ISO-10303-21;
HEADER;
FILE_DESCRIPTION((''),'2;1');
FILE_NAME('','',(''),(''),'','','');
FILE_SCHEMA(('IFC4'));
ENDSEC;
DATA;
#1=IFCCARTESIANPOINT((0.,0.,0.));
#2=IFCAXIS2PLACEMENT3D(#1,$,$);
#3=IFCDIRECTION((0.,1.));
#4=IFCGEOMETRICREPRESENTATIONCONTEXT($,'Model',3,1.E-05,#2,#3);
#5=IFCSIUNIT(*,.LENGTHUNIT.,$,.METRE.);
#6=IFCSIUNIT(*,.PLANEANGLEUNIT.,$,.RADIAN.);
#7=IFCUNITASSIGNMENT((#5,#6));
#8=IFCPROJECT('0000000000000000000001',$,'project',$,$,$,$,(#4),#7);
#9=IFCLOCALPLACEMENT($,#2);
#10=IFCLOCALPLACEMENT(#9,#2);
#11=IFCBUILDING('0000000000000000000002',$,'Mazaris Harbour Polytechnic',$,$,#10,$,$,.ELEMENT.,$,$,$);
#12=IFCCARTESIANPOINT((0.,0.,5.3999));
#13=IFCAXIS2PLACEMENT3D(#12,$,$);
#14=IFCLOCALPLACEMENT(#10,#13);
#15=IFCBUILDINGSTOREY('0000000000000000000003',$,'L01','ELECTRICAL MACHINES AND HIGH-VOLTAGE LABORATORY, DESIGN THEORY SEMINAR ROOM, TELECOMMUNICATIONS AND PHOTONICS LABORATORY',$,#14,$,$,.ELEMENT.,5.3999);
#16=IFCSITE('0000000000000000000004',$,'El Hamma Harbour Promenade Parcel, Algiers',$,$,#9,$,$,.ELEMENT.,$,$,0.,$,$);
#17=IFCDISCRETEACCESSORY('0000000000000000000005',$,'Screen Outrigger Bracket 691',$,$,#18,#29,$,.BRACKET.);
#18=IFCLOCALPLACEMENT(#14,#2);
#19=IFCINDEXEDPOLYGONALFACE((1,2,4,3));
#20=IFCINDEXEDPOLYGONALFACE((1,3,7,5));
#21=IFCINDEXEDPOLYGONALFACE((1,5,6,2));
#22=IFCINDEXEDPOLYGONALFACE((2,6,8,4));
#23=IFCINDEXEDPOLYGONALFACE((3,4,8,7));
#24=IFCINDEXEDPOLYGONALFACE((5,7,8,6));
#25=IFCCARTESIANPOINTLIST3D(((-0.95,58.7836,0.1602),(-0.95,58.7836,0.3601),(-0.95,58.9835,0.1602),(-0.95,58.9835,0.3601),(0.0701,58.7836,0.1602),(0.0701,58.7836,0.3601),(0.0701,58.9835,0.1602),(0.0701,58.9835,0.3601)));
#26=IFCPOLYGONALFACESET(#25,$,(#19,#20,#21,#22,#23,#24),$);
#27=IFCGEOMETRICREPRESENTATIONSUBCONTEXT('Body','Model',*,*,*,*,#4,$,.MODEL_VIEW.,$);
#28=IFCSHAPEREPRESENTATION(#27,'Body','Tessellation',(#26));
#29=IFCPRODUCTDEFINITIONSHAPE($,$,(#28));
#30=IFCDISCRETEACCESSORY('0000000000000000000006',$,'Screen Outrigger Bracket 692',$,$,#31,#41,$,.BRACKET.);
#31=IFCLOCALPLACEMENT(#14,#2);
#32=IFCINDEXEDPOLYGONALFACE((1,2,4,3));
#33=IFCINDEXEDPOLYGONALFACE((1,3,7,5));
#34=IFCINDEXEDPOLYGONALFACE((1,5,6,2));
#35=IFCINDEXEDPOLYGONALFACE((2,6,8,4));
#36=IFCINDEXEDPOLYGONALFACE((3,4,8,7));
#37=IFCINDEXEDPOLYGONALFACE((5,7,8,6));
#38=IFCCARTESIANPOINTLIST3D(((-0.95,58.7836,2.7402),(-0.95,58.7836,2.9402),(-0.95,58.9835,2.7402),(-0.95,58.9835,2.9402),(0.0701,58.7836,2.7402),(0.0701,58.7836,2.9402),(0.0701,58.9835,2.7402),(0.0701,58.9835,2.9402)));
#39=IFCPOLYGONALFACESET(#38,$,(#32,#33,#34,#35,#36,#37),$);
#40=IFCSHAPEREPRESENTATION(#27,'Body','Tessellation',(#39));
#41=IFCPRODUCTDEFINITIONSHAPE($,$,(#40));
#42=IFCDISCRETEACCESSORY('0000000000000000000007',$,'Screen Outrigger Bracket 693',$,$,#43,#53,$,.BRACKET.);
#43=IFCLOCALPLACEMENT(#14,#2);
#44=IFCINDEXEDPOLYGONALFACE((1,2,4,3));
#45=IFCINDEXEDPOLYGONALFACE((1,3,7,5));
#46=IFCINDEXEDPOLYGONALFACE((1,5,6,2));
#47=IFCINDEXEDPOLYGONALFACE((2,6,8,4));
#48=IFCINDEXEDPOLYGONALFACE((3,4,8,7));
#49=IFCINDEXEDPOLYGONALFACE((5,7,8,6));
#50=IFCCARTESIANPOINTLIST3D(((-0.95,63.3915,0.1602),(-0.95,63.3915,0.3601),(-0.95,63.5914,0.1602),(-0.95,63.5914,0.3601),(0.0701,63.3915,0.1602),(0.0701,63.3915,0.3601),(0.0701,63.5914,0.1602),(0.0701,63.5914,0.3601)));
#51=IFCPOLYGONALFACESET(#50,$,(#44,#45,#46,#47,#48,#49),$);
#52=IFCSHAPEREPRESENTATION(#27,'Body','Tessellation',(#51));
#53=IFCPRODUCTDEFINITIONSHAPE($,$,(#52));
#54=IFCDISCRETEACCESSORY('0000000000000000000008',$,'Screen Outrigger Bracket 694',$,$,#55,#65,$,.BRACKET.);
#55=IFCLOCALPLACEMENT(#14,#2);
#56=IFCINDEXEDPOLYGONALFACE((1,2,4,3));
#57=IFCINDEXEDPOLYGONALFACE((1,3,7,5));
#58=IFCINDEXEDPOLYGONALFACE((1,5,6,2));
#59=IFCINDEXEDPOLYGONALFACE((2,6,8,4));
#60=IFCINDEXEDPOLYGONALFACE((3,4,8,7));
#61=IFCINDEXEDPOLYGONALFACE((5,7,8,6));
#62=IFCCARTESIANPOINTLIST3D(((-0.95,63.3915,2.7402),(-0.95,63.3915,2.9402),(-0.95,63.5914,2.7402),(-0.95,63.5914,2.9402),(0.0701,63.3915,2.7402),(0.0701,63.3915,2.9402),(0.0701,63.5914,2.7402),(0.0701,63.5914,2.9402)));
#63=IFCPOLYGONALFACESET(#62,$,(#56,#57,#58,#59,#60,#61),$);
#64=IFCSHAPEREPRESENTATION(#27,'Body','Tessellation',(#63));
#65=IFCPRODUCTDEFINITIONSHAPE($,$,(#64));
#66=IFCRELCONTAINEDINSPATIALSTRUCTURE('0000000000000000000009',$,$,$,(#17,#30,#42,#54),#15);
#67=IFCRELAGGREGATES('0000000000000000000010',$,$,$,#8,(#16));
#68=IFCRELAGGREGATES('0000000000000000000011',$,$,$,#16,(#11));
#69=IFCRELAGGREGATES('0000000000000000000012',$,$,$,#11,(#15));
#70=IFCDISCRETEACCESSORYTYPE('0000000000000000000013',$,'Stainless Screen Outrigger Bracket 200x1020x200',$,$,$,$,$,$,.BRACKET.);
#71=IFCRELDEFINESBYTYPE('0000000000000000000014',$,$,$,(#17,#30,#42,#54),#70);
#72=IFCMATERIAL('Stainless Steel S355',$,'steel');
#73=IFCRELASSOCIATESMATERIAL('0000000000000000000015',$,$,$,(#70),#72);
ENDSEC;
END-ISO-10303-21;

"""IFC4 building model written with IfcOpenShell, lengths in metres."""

from ifc_helpers import new_model, si_unit, direction, frame, origin, origin_2d, place, context, subcontext, project, spatial, rectangle, extrude, material, type_object, element, save


model = new_model("IFC4")

# Units and contexts
model_context = context("Model", 3, precision=1e-05, world=origin(), true_north=direction((0.0, 1.0)))
body_context = subcontext(model_context, "Body", "Model", "MODEL_VIEW")
ifc_project = project(units=[si_unit("LENGTHUNIT", "METRE"), si_unit("PLANEANGLEUNIT", "RADIAN")], contexts=[model_context])

# Site, building, storey
site_placement = place(None, origin())
site = spatial("IfcSite", under=ifc_project, at=site_placement, Name="El Hamma Harbour Promenade Parcel, Algiers", CompositionType="ELEMENT", RefElevation=0.0)
building_placement = place(site_placement, origin())
building = spatial("IfcBuilding", under=site, at=building_placement, Name="Mazaris Harbour Polytechnic", CompositionType="ELEMENT")
storey_placement = place(building_placement, frame((0.0, 0.0, 5.3999)))
storey = spatial("IfcBuildingStorey", under=building, at=storey_placement, Name="L01", Description="ELECTRICAL MACHINES AND HIGH-VOLTAGE LABORATORY, DESIGN THEORY SEMINAR ROOM, TELECOMMUNICATIONS AND PHOTONICS LABORATORY", CompositionType="ELEMENT", Elevation=5.3999)

# Discrete accessories
ifc_material_1 = material(Name="Stainless Steel S355", Category="steel")
discrete_accessory_type = type_object("IfcDiscreteAccessoryType", Name="Stainless Screen Outrigger Bracket 200x1020x200", PredefinedType="BRACKET", material=ifc_material_1)
for number, where, z_axis, x_axis, name in (
    (1, (-0.4399, 58.8835, 0.1602), (0.0, 0.0, 1.0), (0.0, 1.0, 0.0), "Screen Outrigger Bracket 691"),
    (2, (-0.4399, 58.8835, 2.7402), (0.0, 0.0, 1.0), (0.0, 1.0, 0.0), "Screen Outrigger Bracket 692"),
    (3, (-0.4399, 63.4915, 0.1602), (0.0, 0.0, 1.0), (0.0, 1.0, 0.0), "Screen Outrigger Bracket 693"),
    (4, (-0.4399, 63.4915, 2.7402), (0.0, 0.0, 1.0), (0.0, 1.0, 0.0), "Screen Outrigger Bracket 694"),
):
    element("IfcDiscreteAccessory", number, at=place(storey_placement, frame(where, z_axis=z_axis, x_axis=x_axis)), inside=storey, type_object=discrete_accessory_type, Name=name, PredefinedType="BRACKET", context=body_context, shape_type="SweptSolid", body=[
        extrude(rectangle(XDim=0.2, YDim=1.02, at=origin_2d()), origin(), (0.0, 0.0, 1.0), 0.2),
    ])

save(model, "model.ifc")
